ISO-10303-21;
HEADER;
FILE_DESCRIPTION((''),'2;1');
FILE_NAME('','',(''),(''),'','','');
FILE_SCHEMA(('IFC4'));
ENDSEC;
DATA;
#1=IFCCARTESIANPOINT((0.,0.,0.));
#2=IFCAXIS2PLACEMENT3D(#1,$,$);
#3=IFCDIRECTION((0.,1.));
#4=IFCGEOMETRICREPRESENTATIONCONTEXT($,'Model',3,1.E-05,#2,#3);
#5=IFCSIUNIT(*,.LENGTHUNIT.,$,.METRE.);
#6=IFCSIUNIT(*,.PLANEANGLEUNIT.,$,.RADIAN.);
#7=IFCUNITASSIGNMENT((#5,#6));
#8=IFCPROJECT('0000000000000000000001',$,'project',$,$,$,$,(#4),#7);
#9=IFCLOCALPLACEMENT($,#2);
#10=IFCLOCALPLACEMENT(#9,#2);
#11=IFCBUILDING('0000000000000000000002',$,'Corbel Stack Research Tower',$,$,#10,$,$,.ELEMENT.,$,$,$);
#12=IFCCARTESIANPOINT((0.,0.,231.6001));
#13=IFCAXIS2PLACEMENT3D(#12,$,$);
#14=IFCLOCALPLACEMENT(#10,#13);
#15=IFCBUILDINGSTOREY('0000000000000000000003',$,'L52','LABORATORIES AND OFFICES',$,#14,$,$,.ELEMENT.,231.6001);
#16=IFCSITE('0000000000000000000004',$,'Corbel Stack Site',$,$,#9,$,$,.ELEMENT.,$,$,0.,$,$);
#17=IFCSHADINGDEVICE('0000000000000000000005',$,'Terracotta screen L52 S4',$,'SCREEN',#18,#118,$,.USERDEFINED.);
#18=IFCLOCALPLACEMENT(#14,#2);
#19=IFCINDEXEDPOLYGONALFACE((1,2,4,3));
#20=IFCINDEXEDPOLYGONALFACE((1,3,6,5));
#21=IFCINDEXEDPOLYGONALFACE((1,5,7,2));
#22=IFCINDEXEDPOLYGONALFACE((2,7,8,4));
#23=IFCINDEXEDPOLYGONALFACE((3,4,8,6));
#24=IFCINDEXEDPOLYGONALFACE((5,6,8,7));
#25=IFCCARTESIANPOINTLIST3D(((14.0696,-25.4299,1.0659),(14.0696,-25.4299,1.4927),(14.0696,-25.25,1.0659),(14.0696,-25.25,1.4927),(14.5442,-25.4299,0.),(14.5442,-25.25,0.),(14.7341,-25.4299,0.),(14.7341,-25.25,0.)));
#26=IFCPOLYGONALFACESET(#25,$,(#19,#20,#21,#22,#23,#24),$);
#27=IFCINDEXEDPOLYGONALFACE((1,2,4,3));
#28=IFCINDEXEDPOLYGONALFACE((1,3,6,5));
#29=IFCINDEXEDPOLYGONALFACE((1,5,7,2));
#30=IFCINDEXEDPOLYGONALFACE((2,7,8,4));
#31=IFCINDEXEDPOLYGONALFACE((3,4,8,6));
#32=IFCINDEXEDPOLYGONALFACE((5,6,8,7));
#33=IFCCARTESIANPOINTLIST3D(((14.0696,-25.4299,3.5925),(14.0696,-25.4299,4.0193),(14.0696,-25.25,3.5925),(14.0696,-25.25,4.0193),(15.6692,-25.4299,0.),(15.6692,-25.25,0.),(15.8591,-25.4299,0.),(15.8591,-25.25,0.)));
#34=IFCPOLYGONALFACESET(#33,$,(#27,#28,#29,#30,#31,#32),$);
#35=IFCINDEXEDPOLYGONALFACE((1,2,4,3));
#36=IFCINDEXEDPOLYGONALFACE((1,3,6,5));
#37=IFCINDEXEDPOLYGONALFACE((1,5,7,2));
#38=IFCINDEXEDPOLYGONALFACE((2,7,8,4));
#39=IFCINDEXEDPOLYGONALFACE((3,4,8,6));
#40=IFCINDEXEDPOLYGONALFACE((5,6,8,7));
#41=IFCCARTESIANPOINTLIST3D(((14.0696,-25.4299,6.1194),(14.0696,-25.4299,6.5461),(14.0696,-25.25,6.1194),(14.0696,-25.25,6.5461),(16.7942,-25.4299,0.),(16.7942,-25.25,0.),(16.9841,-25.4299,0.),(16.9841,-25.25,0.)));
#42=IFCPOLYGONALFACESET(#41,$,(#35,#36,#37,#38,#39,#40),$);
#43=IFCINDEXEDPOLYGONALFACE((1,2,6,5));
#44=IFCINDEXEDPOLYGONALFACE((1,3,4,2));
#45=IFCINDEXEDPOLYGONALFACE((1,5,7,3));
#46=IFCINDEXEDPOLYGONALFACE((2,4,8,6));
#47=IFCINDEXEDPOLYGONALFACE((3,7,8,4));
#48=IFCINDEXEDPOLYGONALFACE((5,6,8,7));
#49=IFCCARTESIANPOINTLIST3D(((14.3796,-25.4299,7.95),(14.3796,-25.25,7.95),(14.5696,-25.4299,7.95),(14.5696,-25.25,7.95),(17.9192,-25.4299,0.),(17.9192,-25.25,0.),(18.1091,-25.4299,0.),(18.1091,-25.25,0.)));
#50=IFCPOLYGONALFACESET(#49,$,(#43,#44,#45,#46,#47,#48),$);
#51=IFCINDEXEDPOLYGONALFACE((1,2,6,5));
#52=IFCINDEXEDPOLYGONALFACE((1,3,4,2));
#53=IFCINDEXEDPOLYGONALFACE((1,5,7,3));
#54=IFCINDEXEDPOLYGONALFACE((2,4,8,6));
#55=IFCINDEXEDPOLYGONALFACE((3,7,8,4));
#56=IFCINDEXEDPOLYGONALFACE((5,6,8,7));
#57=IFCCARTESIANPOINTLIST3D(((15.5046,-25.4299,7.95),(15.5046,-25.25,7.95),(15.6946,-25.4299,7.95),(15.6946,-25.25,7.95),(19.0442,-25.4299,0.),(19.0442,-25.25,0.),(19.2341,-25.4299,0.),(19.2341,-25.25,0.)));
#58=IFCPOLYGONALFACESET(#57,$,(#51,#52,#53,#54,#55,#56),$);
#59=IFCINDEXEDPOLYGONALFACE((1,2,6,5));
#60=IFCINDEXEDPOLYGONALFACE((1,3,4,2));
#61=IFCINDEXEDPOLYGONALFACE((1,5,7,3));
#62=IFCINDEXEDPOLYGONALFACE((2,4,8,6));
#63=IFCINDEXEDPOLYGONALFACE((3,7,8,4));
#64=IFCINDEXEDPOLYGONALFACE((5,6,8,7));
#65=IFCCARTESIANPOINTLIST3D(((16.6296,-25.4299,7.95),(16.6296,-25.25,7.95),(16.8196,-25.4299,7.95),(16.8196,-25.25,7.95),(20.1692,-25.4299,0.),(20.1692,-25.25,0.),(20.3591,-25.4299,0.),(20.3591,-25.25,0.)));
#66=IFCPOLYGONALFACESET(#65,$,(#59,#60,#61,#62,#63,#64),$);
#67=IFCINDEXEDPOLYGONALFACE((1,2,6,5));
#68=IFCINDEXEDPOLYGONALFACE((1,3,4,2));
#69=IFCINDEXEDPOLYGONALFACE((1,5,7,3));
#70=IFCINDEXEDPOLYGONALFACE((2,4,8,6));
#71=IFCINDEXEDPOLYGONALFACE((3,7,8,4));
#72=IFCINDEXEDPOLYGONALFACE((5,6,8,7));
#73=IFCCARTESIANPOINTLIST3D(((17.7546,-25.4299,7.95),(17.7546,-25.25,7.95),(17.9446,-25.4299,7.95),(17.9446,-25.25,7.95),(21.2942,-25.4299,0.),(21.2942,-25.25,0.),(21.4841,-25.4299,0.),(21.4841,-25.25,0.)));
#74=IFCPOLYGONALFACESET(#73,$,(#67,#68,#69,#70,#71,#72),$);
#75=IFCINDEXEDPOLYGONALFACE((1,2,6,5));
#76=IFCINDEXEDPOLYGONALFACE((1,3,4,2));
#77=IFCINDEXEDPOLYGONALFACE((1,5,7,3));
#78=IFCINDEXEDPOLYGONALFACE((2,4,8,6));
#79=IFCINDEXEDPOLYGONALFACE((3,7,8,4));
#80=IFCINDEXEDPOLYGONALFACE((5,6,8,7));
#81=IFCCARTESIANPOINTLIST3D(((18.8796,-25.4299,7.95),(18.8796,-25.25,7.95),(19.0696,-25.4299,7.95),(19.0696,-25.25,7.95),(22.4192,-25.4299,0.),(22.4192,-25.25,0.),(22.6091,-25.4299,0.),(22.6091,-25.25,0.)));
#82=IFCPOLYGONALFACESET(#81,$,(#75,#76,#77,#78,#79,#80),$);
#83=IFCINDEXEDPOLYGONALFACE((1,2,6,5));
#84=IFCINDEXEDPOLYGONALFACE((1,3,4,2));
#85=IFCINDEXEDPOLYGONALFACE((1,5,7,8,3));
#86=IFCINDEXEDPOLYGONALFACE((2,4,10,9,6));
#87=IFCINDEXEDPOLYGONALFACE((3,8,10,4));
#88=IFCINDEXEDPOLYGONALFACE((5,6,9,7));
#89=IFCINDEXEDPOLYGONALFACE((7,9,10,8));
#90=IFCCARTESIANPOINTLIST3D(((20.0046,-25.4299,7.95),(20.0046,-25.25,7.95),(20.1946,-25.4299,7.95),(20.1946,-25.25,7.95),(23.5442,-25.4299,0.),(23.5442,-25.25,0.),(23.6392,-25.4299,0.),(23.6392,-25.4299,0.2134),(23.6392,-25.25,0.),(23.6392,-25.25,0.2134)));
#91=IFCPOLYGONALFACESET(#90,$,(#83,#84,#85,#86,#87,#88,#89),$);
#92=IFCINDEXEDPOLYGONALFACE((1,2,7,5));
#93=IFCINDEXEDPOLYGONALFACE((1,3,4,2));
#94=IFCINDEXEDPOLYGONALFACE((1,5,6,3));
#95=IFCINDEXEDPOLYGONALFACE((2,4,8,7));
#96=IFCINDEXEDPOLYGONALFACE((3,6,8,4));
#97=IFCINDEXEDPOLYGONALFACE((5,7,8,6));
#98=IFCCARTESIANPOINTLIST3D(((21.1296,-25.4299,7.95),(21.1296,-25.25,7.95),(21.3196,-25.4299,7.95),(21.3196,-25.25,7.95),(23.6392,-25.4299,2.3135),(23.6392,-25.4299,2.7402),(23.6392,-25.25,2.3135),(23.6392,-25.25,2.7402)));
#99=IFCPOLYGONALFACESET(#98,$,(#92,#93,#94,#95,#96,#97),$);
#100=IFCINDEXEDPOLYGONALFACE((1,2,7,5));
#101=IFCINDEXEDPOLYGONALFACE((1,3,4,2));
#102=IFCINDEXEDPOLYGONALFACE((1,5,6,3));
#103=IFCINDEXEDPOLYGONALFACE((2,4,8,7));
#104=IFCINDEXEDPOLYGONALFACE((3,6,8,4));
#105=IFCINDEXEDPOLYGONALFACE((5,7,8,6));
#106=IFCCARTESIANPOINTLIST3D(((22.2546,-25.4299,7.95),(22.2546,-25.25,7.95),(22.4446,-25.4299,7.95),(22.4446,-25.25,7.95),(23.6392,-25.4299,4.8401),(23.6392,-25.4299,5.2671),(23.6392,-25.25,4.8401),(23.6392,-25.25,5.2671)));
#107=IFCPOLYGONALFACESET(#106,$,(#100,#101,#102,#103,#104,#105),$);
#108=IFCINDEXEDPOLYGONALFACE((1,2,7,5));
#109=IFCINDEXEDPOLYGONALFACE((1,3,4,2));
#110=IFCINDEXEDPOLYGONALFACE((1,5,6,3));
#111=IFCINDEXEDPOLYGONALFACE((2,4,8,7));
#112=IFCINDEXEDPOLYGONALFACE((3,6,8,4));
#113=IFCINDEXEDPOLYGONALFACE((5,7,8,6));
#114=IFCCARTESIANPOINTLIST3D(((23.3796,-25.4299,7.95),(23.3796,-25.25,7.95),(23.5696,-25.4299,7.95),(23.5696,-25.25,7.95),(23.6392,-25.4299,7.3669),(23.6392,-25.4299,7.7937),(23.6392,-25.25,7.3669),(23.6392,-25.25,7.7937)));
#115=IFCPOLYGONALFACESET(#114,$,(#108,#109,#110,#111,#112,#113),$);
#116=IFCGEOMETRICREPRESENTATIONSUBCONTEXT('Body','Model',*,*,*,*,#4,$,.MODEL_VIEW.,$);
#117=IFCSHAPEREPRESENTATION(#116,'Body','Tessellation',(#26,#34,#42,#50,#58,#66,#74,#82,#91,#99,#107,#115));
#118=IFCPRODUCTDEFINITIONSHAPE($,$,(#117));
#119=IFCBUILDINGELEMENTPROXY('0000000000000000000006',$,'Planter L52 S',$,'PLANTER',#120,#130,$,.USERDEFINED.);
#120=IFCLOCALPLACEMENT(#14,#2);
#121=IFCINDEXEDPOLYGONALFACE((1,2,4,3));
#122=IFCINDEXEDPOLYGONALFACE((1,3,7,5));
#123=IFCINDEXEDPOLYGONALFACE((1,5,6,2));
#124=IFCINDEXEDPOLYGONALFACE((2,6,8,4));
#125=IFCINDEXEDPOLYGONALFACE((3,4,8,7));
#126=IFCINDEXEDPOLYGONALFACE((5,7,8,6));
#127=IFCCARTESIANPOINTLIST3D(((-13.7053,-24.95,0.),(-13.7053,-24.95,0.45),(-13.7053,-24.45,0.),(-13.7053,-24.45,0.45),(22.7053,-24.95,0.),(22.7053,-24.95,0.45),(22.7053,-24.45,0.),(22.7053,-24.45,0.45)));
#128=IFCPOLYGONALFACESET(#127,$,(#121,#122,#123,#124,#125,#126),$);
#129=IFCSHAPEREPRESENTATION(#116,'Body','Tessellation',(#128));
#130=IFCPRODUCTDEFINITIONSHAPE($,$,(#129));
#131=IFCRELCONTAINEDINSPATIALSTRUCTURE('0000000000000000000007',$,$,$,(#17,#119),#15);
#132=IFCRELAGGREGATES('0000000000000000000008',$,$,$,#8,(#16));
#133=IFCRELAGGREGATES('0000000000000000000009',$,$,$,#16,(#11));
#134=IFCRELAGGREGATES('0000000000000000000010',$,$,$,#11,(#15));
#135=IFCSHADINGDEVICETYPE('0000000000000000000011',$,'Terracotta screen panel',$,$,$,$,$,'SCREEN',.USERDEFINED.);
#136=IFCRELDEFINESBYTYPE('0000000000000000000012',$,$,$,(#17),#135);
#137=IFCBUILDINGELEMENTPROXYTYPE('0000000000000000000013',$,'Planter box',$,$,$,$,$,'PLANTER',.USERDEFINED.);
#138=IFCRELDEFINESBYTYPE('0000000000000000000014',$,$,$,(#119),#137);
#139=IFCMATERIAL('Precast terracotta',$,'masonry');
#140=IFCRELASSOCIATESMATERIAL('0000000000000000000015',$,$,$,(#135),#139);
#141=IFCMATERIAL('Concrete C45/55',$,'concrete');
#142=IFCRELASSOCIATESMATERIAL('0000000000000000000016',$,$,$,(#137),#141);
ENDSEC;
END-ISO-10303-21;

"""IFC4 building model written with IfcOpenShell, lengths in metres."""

from ifc_helpers import new_model, si_unit, direction, frame, origin, origin_2d, place, context, subcontext, project, spatial, polyline, rectangle, outline, extrude, source, transform, mapped, material, type_object, element, save


model = new_model("IFC4")

# Units and contexts
model_context = context("Model", 3, precision=1e-05, world=origin(), true_north=direction((0.0, 1.0)))
body_context = subcontext(model_context, "Body", "Model", "MODEL_VIEW")
ifc_project = project(units=[si_unit("LENGTHUNIT", "METRE"), si_unit("PLANEANGLEUNIT", "RADIAN")], contexts=[model_context])

# Site, building, storey
site_placement = place(None, origin())
site = spatial("IfcSite", under=ifc_project, at=site_placement, Name="Corbel Stack Site", CompositionType="ELEMENT", RefElevation=0.0)
building_placement = place(site_placement, origin())
building = spatial("IfcBuilding", under=site, at=building_placement, Name="Corbel Stack Research Tower", CompositionType="ELEMENT")
storey_placement = place(building_placement, frame((0.0, 0.0, 231.6001)))
storey = spatial("IfcBuildingStorey", under=building, at=storey_placement, Name="L52", Description="LABORATORIES AND OFFICES", CompositionType="ELEMENT", Elevation=231.6001)

# Shading device
ifc_material_1 = material(Name="Precast terracotta", Category="masonry")
shading_device_type = type_object("IfcShadingDeviceType", Name="Terracotta screen panel", ElementType="SCREEN", PredefinedType="USERDEFINED", material=ifc_material_1)
shared_shape_1 = source(origin(), body_context, "Body", "SweptSolid", [
    extrude(outline(polyline([(0.6646, 0.0), (0.0, 1.4927), (0.0, 1.0659), (0.4746, 0.0), (0.6646, 0.0)])), frame((0.0, 0.0, 0.0), z_axis=(0.0, -1.0, 0.0), x_axis=(1.0, 0.0, 0.0)), (0.0, 0.0, 1.0), 0.1799),
    extrude(outline(polyline([(1.7896, 0.0), (0.0, 4.0193), (0.0, 3.5925), (1.5996, 0.0), (1.7896, 0.0)])), frame((0.0, 0.0, 0.0), z_axis=(0.0, -1.0, 0.0), x_axis=(1.0, 0.0, 0.0)), (0.0, 0.0, 1.0), 0.1799),
    extrude(outline(polyline([(2.9146, 0.0), (0.0, 6.5461), (0.0, 6.1194), (2.7246, 0.0), (2.9146, 0.0)])), frame((0.0, 0.0, 0.0), z_axis=(0.0, -1.0, 0.0), x_axis=(1.0, 0.0, 0.0)), (0.0, 0.0, 1.0), 0.1799),
    extrude(outline(polyline([(4.0396, 0.0), (0.5, 7.95), (0.3101, 7.95), (3.8496, 0.0), (4.0396, 0.0)])), frame((0.0, 0.0, 0.0), z_axis=(0.0, -1.0, 0.0), x_axis=(1.0, 0.0, 0.0)), (0.0, 0.0, 1.0), 0.1799),
    extrude(outline(polyline([(5.1646, 0.0), (1.625, 7.95), (1.4351, 7.95), (4.9746, 0.0), (5.1646, 0.0)])), frame((0.0, 0.0, 0.0), z_axis=(0.0, -1.0, 0.0), x_axis=(1.0, 0.0, 0.0)), (0.0, 0.0, 1.0), 0.1799),
    extrude(outline(polyline([(6.2896, 0.0), (2.75, 7.95), (2.5601, 7.95), (6.0996, 0.0), (6.2896, 0.0)])), frame((0.0, 0.0, 0.0), z_axis=(0.0, -1.0, 0.0), x_axis=(1.0, 0.0, 0.0)), (0.0, 0.0, 1.0), 0.1799),
    extrude(outline(polyline([(7.4146, 0.0), (3.875, 7.95), (3.6851, 7.95), (7.2246, 0.0), (7.4146, 0.0)])), frame((0.0, 0.0, 0.0), z_axis=(0.0, -1.0, 0.0), x_axis=(1.0, 0.0, 0.0)), (0.0, 0.0, 1.0), 0.1799),
    extrude(outline(polyline([(8.5396, 0.0), (5.0, 7.95), (4.8101, 7.95), (8.3496, 0.0), (8.5396, 0.0)])), frame((0.0, 0.0, 0.0), z_axis=(0.0, -1.0, 0.0), x_axis=(1.0, 0.0, 0.0)), (0.0, 0.0, 1.0), 0.1799),
    extrude(outline(polyline([(9.5696, 0.0), (9.5696, 0.2134), (6.125, 7.95), (5.9351, 7.95), (9.4746, 0.0), (9.5696, 0.0)])), frame((0.0, 0.0, 0.0), z_axis=(0.0, -1.0, 0.0), x_axis=(1.0, 0.0, 0.0)), (0.0, 0.0, 1.0), 0.1799),
    extrude(outline(polyline([(7.25, 7.95), (7.0601, 7.95), (9.5696, 2.3135), (9.5696, 2.7402), (7.25, 7.95)])), frame((0.0, 0.0, 0.0), z_axis=(0.0, -1.0, 0.0), x_axis=(1.0, 0.0, 0.0)), (0.0, 0.0, 1.0), 0.1799),
    extrude(outline(polyline([(8.375, 7.95), (8.1851, 7.95), (9.5696, 4.8401), (9.5696, 5.2671), (8.375, 7.95)])), frame((0.0, 0.0, 0.0), z_axis=(0.0, -1.0, 0.0), x_axis=(1.0, 0.0, 0.0)), (0.0, 0.0, 1.0), 0.1799),
    extrude(outline(polyline([(9.5, 7.95), (9.3101, 7.95), (9.5696, 7.3669), (9.5696, 7.7937), (9.5, 7.95)])), frame((0.0, 0.0, 0.0), z_axis=(0.0, -1.0, 0.0), x_axis=(1.0, 0.0, 0.0)), (0.0, 0.0, 1.0), 0.1799),
])
shading_device_1_placement = place(storey_placement, frame((14.0696, -25.25, 0.0), z_axis=(0.0, 0.0, 1.0), x_axis=(1.0, 0.0, 0.0)))
element("IfcShadingDevice", 1, at=shading_device_1_placement, inside=storey, type_object=shading_device_type, Name="Terracotta screen L52 S4", ObjectType="SCREEN", PredefinedType="USERDEFINED", context=body_context, shape_type="MappedRepresentation", body=[
    mapped(shared_shape_1, transform((0.0, 0.0, 0.0))),
])

# Building element proxy
ifc_material_2 = material(Name="Concrete C45/55", Category="concrete")
building_element_proxy_type = type_object("IfcBuildingElementProxyType", Name="Planter box", ElementType="PLANTER", PredefinedType="USERDEFINED", material=ifc_material_2)
proxy_placement = place(storey_placement, frame((4.5, -24.7, 0.0), z_axis=(0.0, 0.0, 1.0), x_axis=(1.0, 0.0, 0.0)))
element("IfcBuildingElementProxy", 2, at=proxy_placement, inside=storey, type_object=building_element_proxy_type, Name="Planter L52 S", ObjectType="PLANTER", PredefinedType="USERDEFINED", context=body_context, shape_type="SweptSolid", body=[
    extrude(rectangle(XDim=36.4106, YDim=0.5, at=origin_2d()), origin(), (0.0, 0.0, 1.0), 0.45),
])

save(model, "model.ifc")
